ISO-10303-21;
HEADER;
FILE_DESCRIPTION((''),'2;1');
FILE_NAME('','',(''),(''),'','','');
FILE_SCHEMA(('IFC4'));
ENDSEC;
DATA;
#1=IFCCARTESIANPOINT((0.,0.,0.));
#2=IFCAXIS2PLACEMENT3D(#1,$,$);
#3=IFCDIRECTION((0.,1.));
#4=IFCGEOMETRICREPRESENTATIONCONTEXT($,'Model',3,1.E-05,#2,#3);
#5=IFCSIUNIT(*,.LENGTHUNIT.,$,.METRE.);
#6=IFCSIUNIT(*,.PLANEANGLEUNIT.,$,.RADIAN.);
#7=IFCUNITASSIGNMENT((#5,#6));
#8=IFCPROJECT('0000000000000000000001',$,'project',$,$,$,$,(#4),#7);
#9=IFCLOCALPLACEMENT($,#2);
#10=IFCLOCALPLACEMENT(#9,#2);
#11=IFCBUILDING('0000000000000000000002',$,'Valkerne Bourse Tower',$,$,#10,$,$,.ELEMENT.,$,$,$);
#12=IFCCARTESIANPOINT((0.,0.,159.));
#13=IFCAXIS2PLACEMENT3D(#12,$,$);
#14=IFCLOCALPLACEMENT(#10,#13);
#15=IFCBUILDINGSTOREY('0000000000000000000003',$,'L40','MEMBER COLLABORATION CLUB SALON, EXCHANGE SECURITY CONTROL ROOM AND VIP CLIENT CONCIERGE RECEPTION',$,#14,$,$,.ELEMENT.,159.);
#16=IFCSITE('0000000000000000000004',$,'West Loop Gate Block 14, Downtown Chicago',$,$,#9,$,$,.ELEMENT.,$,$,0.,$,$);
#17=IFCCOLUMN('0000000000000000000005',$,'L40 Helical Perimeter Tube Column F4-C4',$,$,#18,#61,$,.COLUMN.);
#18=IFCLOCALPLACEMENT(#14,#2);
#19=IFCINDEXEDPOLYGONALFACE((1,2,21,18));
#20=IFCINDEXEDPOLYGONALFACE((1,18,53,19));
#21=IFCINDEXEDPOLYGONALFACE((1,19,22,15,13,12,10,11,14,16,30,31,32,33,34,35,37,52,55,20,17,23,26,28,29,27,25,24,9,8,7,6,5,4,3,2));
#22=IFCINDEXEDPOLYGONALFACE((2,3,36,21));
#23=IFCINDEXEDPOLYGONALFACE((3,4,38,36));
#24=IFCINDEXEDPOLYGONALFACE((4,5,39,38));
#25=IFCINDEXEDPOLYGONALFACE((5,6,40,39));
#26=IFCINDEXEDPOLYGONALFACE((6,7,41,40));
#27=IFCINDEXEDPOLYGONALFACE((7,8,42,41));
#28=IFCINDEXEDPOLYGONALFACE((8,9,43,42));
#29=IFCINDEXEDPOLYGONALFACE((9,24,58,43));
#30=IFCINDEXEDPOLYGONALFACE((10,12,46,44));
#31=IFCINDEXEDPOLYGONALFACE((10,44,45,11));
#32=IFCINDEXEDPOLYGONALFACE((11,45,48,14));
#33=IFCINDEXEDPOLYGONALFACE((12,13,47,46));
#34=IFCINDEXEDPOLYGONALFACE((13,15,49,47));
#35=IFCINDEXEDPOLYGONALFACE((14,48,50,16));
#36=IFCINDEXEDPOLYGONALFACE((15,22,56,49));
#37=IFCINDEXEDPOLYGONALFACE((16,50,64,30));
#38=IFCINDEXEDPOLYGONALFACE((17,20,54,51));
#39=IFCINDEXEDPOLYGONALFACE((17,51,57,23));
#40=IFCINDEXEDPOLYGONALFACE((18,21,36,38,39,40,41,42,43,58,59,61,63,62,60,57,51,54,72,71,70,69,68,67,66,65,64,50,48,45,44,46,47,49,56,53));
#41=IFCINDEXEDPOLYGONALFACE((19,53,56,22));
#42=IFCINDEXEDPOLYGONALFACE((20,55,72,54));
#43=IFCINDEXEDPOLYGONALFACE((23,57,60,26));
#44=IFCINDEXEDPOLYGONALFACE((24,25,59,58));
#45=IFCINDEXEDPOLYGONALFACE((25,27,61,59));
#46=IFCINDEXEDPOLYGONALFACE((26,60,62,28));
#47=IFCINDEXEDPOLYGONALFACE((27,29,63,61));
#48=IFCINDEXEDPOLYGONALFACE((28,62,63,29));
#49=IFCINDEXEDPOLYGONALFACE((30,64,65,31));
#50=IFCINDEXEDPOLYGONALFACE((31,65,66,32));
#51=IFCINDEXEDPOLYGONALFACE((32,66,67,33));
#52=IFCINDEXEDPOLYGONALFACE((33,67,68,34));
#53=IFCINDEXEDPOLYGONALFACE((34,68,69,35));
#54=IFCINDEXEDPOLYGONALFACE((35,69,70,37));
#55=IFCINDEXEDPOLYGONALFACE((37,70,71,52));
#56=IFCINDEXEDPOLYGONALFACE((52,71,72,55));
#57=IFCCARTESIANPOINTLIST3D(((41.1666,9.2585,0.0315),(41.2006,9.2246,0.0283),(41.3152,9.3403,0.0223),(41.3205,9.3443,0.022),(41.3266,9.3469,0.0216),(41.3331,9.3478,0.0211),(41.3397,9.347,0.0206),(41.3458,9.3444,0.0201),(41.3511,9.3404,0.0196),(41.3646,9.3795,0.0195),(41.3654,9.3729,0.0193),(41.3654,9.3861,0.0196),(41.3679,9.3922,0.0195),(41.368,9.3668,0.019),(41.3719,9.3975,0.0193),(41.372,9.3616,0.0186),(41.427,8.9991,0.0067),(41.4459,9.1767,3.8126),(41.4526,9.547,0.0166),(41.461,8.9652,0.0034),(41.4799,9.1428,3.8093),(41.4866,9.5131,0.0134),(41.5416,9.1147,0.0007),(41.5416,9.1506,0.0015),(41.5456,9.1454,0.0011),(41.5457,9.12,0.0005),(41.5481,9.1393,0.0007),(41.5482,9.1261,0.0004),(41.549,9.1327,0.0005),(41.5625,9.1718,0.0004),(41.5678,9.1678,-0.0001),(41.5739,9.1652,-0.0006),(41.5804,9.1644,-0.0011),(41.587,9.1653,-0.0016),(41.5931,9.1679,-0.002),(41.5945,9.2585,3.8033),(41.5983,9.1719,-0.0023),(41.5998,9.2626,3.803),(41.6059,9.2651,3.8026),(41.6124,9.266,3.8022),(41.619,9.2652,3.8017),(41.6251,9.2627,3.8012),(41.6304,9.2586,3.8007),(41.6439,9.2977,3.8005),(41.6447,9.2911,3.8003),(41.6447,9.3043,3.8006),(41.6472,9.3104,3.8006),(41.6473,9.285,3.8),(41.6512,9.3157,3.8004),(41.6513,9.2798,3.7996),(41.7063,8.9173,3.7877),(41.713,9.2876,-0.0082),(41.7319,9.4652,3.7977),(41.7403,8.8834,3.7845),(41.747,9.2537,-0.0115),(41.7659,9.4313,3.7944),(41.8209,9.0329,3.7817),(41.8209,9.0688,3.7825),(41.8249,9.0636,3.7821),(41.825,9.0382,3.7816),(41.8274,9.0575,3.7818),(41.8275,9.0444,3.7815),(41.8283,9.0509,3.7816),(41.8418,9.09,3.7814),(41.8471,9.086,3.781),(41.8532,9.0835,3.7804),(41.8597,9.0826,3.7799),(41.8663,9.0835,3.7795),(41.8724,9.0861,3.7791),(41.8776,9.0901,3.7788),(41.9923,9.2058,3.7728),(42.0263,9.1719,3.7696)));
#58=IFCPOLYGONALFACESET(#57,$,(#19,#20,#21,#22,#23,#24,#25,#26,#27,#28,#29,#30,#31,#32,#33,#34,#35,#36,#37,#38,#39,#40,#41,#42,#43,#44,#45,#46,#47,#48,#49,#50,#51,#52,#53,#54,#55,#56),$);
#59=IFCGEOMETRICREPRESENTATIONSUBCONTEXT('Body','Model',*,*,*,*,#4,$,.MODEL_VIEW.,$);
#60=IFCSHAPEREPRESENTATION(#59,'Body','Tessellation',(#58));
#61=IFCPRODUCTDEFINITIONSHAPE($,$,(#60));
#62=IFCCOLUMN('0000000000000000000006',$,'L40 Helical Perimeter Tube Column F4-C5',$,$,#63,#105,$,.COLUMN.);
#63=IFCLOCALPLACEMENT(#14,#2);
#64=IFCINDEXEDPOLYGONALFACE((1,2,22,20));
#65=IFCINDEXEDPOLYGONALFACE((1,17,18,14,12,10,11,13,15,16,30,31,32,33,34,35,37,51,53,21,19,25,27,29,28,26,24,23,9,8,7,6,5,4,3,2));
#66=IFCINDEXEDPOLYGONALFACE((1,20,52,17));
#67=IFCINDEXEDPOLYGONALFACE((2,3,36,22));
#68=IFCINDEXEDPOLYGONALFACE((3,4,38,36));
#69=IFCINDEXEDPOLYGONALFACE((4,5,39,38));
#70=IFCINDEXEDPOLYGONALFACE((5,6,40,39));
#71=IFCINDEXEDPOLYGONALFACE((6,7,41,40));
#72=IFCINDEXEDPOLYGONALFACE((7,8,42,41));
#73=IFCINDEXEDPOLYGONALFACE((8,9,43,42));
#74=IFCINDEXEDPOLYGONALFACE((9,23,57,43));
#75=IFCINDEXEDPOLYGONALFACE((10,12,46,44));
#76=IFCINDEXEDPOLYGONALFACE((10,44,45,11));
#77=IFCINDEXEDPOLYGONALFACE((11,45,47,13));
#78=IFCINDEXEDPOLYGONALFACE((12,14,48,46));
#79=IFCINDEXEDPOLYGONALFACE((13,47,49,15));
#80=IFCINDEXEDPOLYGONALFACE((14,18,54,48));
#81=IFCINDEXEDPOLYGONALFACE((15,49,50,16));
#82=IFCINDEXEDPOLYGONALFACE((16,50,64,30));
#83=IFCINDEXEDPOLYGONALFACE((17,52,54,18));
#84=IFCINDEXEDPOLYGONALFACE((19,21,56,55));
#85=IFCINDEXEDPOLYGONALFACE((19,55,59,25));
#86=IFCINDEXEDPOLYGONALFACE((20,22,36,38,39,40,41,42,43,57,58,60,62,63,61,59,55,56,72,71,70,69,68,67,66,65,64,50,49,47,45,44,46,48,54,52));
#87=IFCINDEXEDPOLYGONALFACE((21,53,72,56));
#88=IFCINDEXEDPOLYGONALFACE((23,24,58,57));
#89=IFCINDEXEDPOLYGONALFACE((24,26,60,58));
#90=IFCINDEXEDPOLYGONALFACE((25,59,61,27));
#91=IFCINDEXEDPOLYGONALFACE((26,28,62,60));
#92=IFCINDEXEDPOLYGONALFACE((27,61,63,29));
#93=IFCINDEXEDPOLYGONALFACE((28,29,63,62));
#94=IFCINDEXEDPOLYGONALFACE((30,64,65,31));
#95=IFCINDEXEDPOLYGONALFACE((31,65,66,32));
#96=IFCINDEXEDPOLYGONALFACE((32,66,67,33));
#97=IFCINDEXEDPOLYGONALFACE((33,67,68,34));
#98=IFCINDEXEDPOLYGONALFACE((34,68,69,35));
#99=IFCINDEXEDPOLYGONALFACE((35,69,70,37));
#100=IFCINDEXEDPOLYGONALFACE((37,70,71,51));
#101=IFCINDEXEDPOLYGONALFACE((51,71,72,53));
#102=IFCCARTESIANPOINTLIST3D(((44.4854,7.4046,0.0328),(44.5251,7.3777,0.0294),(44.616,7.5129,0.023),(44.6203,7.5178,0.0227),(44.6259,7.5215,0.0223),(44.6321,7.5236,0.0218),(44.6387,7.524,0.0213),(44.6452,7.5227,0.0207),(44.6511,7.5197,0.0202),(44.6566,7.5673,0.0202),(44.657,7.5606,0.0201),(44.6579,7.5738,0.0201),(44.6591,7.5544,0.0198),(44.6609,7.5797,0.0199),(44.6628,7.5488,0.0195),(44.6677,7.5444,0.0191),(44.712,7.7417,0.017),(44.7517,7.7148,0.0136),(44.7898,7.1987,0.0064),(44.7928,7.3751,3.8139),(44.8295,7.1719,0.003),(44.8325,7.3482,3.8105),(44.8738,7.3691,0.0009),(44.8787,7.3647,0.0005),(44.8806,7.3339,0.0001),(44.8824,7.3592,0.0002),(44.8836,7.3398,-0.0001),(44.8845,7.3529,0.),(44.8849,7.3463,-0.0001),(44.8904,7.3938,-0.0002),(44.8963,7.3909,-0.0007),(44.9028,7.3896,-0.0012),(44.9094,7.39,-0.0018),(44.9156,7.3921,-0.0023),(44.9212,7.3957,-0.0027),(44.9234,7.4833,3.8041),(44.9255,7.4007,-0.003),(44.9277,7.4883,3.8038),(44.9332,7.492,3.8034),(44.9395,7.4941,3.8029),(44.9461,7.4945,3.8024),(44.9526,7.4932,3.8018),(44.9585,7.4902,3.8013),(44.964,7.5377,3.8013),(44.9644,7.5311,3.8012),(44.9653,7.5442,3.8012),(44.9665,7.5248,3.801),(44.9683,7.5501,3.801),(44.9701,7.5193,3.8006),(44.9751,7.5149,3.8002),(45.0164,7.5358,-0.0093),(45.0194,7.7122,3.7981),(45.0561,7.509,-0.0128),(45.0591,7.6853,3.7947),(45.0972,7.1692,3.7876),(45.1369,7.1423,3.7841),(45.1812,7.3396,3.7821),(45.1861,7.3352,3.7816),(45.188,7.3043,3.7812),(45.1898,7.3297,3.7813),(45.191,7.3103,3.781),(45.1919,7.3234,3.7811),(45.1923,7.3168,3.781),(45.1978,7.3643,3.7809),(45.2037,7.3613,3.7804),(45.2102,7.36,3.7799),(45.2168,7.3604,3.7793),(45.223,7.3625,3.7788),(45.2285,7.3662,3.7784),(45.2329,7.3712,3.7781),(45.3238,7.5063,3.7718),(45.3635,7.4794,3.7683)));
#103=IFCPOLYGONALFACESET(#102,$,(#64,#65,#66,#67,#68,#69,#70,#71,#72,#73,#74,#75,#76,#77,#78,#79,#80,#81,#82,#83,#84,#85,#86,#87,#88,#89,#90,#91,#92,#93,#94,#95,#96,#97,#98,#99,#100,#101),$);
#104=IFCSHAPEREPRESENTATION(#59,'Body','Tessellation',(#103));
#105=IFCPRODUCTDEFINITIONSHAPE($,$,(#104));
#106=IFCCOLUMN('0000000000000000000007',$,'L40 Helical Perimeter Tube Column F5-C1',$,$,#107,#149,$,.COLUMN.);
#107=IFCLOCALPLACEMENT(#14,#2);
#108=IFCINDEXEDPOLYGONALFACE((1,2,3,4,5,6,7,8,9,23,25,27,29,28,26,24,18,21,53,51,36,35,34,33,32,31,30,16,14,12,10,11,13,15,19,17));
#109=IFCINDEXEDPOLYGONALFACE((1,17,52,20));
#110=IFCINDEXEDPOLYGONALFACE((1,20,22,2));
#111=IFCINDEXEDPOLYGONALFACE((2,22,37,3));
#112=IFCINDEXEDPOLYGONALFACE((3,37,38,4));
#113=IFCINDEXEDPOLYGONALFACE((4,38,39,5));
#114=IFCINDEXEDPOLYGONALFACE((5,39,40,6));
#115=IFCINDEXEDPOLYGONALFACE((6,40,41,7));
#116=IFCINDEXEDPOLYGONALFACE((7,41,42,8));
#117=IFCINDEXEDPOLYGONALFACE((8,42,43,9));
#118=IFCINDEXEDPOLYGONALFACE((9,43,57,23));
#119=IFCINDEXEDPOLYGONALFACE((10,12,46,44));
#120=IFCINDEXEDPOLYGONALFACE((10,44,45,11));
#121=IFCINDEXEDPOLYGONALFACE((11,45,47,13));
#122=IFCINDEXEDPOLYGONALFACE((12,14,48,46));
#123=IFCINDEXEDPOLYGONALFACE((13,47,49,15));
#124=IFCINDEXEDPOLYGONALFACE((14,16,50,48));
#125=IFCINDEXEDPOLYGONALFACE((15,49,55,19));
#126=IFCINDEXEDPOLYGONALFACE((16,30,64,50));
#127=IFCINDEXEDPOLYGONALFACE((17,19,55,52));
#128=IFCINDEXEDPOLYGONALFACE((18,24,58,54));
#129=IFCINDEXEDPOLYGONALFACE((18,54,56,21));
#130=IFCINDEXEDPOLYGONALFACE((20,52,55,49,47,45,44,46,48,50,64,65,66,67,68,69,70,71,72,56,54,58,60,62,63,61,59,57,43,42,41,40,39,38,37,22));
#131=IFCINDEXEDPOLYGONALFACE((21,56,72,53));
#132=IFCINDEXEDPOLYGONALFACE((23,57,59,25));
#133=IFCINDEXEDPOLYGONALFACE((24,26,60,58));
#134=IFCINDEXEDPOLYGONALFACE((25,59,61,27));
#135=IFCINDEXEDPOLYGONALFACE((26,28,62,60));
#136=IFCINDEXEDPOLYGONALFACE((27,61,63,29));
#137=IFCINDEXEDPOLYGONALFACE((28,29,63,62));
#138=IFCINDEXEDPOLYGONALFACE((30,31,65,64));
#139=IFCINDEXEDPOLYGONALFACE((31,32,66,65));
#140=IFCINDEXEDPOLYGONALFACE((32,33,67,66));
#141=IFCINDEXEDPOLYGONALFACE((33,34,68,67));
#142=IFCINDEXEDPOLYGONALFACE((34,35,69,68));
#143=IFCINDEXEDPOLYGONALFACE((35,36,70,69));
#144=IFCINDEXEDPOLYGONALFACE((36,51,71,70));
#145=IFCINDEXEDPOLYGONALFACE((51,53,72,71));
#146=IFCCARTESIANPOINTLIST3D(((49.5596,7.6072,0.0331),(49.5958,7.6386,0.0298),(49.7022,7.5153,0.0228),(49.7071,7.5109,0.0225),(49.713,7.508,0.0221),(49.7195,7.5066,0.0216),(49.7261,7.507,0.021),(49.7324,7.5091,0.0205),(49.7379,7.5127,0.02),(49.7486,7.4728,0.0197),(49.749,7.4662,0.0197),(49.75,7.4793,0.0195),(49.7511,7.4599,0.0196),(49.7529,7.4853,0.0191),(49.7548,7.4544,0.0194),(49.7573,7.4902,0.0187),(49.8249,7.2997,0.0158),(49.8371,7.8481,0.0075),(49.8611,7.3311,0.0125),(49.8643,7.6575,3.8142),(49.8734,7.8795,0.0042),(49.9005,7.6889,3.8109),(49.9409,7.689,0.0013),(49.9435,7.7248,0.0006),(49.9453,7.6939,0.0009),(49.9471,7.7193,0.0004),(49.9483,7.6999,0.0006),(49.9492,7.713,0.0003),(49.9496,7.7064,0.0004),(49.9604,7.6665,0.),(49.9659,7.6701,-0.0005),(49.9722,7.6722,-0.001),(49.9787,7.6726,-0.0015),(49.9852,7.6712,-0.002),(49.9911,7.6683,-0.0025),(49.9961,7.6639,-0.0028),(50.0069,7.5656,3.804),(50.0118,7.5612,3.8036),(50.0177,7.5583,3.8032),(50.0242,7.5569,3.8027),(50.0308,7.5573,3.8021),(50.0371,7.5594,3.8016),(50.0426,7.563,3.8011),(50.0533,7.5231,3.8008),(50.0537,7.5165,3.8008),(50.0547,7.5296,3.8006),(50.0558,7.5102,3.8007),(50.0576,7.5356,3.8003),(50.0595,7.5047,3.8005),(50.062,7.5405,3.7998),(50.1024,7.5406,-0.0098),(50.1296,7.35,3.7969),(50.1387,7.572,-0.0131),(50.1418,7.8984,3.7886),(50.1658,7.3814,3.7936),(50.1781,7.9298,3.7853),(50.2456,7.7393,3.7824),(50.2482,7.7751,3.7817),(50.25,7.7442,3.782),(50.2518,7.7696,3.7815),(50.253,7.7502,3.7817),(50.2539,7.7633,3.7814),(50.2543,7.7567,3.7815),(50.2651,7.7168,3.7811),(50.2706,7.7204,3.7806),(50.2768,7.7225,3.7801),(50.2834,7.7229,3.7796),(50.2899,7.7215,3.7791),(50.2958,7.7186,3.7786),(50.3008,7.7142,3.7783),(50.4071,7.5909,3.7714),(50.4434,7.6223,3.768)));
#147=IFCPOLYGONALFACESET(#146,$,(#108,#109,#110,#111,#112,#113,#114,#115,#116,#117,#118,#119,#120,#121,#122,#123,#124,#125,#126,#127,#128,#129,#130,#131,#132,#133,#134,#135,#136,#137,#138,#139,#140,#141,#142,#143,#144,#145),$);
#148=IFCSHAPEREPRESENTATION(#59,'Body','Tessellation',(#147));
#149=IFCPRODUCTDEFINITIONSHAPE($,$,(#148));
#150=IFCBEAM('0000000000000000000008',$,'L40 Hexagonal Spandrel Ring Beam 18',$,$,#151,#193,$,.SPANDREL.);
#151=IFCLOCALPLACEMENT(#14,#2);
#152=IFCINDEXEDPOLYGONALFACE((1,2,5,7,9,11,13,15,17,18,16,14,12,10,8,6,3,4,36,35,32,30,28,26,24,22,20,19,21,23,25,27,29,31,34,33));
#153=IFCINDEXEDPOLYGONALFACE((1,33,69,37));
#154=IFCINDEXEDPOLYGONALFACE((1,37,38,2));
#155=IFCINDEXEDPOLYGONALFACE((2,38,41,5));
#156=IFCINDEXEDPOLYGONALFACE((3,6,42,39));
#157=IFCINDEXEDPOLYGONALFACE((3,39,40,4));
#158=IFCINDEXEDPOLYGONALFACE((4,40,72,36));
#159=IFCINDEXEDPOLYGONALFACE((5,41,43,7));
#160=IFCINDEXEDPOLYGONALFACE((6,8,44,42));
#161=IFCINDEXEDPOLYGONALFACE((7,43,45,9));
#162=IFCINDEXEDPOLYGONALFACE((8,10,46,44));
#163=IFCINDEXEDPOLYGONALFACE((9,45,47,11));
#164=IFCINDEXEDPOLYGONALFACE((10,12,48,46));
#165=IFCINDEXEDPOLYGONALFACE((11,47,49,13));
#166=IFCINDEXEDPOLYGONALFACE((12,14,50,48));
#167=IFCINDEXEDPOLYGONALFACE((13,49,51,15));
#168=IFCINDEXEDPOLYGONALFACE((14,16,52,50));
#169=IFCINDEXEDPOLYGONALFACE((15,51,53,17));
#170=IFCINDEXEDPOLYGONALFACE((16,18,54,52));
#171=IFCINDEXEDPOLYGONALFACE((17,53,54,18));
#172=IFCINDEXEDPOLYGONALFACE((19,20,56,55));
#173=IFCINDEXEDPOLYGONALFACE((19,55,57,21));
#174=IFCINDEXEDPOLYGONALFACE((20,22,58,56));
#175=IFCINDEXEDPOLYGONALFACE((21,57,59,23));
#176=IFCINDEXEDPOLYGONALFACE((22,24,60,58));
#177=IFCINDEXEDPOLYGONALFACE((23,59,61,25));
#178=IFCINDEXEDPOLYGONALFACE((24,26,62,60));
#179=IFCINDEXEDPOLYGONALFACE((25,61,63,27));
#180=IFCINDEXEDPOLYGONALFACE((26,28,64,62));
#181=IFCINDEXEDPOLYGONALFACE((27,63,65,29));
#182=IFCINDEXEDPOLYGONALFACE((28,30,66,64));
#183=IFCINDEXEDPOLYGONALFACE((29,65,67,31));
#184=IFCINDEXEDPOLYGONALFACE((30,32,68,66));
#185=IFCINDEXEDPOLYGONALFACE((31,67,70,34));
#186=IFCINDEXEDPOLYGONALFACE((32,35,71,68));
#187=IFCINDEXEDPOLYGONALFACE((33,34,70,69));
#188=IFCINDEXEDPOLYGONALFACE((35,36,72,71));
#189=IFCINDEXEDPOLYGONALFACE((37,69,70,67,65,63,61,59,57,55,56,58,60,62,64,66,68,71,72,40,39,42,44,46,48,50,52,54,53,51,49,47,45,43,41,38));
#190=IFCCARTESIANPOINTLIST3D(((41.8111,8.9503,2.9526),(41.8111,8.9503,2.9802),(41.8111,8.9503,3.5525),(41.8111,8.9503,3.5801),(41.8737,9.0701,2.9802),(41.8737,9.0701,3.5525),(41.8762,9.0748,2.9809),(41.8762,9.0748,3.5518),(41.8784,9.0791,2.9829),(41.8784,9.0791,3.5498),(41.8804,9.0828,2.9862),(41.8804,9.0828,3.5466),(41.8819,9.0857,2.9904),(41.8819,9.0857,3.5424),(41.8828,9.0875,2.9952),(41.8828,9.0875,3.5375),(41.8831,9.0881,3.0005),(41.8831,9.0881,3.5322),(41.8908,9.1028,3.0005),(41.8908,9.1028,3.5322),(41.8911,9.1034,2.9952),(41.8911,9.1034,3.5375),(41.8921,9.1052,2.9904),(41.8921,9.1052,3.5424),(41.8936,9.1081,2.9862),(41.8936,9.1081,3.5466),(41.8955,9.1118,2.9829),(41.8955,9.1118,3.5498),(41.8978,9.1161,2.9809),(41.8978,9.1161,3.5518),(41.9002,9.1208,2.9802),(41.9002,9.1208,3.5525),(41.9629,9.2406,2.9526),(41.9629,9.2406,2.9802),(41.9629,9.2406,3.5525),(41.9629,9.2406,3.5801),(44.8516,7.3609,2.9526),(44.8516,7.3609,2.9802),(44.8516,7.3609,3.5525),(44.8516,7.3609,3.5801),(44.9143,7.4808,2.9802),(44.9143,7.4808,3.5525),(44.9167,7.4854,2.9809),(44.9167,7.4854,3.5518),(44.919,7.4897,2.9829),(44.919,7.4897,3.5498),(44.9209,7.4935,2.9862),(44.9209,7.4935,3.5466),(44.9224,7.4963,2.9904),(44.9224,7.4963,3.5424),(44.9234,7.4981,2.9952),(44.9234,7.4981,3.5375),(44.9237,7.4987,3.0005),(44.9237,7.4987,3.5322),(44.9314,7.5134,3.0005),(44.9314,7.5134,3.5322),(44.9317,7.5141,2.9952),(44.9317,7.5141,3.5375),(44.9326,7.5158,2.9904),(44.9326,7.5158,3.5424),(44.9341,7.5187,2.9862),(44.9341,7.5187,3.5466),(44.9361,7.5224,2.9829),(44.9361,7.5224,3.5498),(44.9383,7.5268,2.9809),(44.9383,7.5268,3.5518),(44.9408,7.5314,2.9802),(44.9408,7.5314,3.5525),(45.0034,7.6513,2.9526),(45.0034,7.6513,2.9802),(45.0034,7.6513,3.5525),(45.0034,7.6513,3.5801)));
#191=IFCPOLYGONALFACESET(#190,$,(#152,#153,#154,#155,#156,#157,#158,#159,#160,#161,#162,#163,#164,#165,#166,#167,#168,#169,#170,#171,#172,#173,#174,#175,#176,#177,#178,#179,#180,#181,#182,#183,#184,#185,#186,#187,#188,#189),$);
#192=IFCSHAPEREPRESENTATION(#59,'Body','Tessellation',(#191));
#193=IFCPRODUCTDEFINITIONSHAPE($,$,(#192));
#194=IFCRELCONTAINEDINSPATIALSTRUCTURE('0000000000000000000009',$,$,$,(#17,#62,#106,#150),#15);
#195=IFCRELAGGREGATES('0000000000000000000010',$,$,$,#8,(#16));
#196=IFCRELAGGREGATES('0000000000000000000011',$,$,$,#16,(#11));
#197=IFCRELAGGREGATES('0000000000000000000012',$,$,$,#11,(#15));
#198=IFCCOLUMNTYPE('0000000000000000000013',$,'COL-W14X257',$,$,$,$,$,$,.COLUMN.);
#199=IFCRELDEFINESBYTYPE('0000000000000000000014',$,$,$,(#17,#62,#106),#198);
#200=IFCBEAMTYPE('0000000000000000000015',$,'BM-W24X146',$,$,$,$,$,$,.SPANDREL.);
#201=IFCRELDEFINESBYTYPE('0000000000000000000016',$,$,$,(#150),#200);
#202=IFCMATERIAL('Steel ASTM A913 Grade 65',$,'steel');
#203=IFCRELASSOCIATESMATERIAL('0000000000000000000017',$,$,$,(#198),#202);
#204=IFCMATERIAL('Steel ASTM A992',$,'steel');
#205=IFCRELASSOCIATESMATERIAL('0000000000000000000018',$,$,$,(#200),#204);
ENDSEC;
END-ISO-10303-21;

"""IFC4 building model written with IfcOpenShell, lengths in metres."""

from ifc_helpers import new_model, si_unit, direction, frame, origin, origin_2d, place, context, subcontext, project, spatial, i_section, extrude, material, material_profile, profile_set, type_object, element, save


model = new_model("IFC4")

# Units and contexts
model_context = context("Model", 3, precision=1e-05, world=origin(), true_north=direction((0.0, 1.0)))
body_context = subcontext(model_context, "Body", "Model", "MODEL_VIEW")
ifc_project = project(units=[si_unit("LENGTHUNIT", "METRE"), si_unit("PLANEANGLEUNIT", "RADIAN")], contexts=[model_context])

# Site, building, storey
site_placement = place(None, origin())
site = spatial("IfcSite", under=ifc_project, at=site_placement, Name="West Loop Gate Block 14, Downtown Chicago", CompositionType="ELEMENT", RefElevation=0.0)
building_placement = place(site_placement, origin())
building = spatial("IfcBuilding", under=site, at=building_placement, Name="Valkerne Bourse Tower", CompositionType="ELEMENT")
storey_placement = place(building_placement, frame((0.0, 0.0, 159.0)))
storey = spatial("IfcBuildingStorey", under=building, at=storey_placement, Name="L40", Description="MEMBER COLLABORATION CLUB SALON, EXCHANGE SECURITY CONTROL ROOM AND VIP CLIENT CONCIERGE RECEPTION", CompositionType="ELEMENT", Elevation=159.0)

# Columns
ifc_material_1 = material(Name="Steel ASTM A913 Grade 65", Category="steel")
ifc_material_profile_1 = material_profile(ifc_material_1, i_section(OverallWidth=0.4065, OverallDepth=0.4165, WebThickness=0.0298, FlangeThickness=0.0481, FilletRadius=0.0254, at=origin_2d()), Name="W14X257")
ifc_profile_set_1 = profile_set([ifc_material_profile_1], Name="Steel ASTM A913 Grade 65")
column_type = type_object("IfcColumnType", Name="COL-W14X257", PredefinedType="COLUMN", material=ifc_profile_set_1)
column_placement = place(storey_placement, frame((41.4568, 9.2561, 0.01), z_axis=(0.073651, -0.021567, 0.997051), x_axis=(0.703553, 0.709699, -0.036619)))
element("IfcColumn", 1, at=column_placement, inside=storey, type_object=column_type, Name="L40 Helical Perimeter Tube Column F4-C4", PredefinedType="COLUMN", context=body_context, shape_type="SweptSolid", body=[
    extrude(i_section(OverallWidth=0.4065, OverallDepth=0.4165, WebThickness=0.0298, FlangeThickness=0.0481, FilletRadius=0.0254, at=origin_2d()), origin(), (0.0, 0.0, 1.0), 3.7922),
])
for number, where, z_axis, x_axis, name in (
    (2, (44.7708, 7.4568, 0.01), (0.081024, -0.007787, 0.996682), (0.557468, 0.829289, -0.03884), "L40 Helical Perimeter Tube Column F4-C5"),
    (3, (49.8491, 7.5896, 0.01), (0.080316, 0.013257, 0.996681), (-0.652673, 0.756445, 0.042533), "L40 Helical Perimeter Tube Column F5-C1"),
):
    element("IfcColumn", number, at=place(storey_placement, frame(where, z_axis=z_axis, x_axis=x_axis)), inside=storey, type_object=column_type, Name=name, PredefinedType="COLUMN", context=body_context, shape_type="SweptSolid", body=[
        extrude(i_section(OverallWidth=0.4065, OverallDepth=0.4165, WebThickness=0.0298, FlangeThickness=0.0481, FilletRadius=0.0254, at=origin_2d()), origin(), (0.0, 0.0, 1.0), 3.7937),
    ])

# Beam
ifc_material_2 = material(Name="Steel ASTM A992", Category="steel")
ifc_material_profile_2 = material_profile(ifc_material_2, i_section(OverallWidth=0.3276, OverallDepth=0.6274, WebThickness=0.0166, FlangeThickness=0.0276, FilletRadius=0.0203, at=origin_2d()), Name="W24X146")
ifc_profile_set_2 = profile_set([ifc_material_profile_2], Name="Steel ASTM A992")
beam_type_1 = type_object("IfcBeamType", Name="BM-W24X146", PredefinedType="SPANDREL", material=ifc_profile_set_2)
beam_1_placement = place(storey_placement, frame((41.887, 9.0955, 3.2664), z_axis=(0.886227, -0.463252, 0.0), x_axis=(0.463252, 0.886227, 0.0)))
element("IfcBeam", 4, at=beam_1_placement, inside=storey, type_object=beam_type_1, Name="L40 Hexagonal Spandrel Ring Beam 18", PredefinedType="SPANDREL", context=body_context, shape_type="SweptSolid", body=[
    extrude(i_section(OverallWidth=0.3276, OverallDepth=0.6274, WebThickness=0.0166, FlangeThickness=0.0276, FilletRadius=0.0203, at=origin_2d()), origin(), (0.0, 0.0, 1.0), 3.4309),
])

save(model, "model.ifc")
